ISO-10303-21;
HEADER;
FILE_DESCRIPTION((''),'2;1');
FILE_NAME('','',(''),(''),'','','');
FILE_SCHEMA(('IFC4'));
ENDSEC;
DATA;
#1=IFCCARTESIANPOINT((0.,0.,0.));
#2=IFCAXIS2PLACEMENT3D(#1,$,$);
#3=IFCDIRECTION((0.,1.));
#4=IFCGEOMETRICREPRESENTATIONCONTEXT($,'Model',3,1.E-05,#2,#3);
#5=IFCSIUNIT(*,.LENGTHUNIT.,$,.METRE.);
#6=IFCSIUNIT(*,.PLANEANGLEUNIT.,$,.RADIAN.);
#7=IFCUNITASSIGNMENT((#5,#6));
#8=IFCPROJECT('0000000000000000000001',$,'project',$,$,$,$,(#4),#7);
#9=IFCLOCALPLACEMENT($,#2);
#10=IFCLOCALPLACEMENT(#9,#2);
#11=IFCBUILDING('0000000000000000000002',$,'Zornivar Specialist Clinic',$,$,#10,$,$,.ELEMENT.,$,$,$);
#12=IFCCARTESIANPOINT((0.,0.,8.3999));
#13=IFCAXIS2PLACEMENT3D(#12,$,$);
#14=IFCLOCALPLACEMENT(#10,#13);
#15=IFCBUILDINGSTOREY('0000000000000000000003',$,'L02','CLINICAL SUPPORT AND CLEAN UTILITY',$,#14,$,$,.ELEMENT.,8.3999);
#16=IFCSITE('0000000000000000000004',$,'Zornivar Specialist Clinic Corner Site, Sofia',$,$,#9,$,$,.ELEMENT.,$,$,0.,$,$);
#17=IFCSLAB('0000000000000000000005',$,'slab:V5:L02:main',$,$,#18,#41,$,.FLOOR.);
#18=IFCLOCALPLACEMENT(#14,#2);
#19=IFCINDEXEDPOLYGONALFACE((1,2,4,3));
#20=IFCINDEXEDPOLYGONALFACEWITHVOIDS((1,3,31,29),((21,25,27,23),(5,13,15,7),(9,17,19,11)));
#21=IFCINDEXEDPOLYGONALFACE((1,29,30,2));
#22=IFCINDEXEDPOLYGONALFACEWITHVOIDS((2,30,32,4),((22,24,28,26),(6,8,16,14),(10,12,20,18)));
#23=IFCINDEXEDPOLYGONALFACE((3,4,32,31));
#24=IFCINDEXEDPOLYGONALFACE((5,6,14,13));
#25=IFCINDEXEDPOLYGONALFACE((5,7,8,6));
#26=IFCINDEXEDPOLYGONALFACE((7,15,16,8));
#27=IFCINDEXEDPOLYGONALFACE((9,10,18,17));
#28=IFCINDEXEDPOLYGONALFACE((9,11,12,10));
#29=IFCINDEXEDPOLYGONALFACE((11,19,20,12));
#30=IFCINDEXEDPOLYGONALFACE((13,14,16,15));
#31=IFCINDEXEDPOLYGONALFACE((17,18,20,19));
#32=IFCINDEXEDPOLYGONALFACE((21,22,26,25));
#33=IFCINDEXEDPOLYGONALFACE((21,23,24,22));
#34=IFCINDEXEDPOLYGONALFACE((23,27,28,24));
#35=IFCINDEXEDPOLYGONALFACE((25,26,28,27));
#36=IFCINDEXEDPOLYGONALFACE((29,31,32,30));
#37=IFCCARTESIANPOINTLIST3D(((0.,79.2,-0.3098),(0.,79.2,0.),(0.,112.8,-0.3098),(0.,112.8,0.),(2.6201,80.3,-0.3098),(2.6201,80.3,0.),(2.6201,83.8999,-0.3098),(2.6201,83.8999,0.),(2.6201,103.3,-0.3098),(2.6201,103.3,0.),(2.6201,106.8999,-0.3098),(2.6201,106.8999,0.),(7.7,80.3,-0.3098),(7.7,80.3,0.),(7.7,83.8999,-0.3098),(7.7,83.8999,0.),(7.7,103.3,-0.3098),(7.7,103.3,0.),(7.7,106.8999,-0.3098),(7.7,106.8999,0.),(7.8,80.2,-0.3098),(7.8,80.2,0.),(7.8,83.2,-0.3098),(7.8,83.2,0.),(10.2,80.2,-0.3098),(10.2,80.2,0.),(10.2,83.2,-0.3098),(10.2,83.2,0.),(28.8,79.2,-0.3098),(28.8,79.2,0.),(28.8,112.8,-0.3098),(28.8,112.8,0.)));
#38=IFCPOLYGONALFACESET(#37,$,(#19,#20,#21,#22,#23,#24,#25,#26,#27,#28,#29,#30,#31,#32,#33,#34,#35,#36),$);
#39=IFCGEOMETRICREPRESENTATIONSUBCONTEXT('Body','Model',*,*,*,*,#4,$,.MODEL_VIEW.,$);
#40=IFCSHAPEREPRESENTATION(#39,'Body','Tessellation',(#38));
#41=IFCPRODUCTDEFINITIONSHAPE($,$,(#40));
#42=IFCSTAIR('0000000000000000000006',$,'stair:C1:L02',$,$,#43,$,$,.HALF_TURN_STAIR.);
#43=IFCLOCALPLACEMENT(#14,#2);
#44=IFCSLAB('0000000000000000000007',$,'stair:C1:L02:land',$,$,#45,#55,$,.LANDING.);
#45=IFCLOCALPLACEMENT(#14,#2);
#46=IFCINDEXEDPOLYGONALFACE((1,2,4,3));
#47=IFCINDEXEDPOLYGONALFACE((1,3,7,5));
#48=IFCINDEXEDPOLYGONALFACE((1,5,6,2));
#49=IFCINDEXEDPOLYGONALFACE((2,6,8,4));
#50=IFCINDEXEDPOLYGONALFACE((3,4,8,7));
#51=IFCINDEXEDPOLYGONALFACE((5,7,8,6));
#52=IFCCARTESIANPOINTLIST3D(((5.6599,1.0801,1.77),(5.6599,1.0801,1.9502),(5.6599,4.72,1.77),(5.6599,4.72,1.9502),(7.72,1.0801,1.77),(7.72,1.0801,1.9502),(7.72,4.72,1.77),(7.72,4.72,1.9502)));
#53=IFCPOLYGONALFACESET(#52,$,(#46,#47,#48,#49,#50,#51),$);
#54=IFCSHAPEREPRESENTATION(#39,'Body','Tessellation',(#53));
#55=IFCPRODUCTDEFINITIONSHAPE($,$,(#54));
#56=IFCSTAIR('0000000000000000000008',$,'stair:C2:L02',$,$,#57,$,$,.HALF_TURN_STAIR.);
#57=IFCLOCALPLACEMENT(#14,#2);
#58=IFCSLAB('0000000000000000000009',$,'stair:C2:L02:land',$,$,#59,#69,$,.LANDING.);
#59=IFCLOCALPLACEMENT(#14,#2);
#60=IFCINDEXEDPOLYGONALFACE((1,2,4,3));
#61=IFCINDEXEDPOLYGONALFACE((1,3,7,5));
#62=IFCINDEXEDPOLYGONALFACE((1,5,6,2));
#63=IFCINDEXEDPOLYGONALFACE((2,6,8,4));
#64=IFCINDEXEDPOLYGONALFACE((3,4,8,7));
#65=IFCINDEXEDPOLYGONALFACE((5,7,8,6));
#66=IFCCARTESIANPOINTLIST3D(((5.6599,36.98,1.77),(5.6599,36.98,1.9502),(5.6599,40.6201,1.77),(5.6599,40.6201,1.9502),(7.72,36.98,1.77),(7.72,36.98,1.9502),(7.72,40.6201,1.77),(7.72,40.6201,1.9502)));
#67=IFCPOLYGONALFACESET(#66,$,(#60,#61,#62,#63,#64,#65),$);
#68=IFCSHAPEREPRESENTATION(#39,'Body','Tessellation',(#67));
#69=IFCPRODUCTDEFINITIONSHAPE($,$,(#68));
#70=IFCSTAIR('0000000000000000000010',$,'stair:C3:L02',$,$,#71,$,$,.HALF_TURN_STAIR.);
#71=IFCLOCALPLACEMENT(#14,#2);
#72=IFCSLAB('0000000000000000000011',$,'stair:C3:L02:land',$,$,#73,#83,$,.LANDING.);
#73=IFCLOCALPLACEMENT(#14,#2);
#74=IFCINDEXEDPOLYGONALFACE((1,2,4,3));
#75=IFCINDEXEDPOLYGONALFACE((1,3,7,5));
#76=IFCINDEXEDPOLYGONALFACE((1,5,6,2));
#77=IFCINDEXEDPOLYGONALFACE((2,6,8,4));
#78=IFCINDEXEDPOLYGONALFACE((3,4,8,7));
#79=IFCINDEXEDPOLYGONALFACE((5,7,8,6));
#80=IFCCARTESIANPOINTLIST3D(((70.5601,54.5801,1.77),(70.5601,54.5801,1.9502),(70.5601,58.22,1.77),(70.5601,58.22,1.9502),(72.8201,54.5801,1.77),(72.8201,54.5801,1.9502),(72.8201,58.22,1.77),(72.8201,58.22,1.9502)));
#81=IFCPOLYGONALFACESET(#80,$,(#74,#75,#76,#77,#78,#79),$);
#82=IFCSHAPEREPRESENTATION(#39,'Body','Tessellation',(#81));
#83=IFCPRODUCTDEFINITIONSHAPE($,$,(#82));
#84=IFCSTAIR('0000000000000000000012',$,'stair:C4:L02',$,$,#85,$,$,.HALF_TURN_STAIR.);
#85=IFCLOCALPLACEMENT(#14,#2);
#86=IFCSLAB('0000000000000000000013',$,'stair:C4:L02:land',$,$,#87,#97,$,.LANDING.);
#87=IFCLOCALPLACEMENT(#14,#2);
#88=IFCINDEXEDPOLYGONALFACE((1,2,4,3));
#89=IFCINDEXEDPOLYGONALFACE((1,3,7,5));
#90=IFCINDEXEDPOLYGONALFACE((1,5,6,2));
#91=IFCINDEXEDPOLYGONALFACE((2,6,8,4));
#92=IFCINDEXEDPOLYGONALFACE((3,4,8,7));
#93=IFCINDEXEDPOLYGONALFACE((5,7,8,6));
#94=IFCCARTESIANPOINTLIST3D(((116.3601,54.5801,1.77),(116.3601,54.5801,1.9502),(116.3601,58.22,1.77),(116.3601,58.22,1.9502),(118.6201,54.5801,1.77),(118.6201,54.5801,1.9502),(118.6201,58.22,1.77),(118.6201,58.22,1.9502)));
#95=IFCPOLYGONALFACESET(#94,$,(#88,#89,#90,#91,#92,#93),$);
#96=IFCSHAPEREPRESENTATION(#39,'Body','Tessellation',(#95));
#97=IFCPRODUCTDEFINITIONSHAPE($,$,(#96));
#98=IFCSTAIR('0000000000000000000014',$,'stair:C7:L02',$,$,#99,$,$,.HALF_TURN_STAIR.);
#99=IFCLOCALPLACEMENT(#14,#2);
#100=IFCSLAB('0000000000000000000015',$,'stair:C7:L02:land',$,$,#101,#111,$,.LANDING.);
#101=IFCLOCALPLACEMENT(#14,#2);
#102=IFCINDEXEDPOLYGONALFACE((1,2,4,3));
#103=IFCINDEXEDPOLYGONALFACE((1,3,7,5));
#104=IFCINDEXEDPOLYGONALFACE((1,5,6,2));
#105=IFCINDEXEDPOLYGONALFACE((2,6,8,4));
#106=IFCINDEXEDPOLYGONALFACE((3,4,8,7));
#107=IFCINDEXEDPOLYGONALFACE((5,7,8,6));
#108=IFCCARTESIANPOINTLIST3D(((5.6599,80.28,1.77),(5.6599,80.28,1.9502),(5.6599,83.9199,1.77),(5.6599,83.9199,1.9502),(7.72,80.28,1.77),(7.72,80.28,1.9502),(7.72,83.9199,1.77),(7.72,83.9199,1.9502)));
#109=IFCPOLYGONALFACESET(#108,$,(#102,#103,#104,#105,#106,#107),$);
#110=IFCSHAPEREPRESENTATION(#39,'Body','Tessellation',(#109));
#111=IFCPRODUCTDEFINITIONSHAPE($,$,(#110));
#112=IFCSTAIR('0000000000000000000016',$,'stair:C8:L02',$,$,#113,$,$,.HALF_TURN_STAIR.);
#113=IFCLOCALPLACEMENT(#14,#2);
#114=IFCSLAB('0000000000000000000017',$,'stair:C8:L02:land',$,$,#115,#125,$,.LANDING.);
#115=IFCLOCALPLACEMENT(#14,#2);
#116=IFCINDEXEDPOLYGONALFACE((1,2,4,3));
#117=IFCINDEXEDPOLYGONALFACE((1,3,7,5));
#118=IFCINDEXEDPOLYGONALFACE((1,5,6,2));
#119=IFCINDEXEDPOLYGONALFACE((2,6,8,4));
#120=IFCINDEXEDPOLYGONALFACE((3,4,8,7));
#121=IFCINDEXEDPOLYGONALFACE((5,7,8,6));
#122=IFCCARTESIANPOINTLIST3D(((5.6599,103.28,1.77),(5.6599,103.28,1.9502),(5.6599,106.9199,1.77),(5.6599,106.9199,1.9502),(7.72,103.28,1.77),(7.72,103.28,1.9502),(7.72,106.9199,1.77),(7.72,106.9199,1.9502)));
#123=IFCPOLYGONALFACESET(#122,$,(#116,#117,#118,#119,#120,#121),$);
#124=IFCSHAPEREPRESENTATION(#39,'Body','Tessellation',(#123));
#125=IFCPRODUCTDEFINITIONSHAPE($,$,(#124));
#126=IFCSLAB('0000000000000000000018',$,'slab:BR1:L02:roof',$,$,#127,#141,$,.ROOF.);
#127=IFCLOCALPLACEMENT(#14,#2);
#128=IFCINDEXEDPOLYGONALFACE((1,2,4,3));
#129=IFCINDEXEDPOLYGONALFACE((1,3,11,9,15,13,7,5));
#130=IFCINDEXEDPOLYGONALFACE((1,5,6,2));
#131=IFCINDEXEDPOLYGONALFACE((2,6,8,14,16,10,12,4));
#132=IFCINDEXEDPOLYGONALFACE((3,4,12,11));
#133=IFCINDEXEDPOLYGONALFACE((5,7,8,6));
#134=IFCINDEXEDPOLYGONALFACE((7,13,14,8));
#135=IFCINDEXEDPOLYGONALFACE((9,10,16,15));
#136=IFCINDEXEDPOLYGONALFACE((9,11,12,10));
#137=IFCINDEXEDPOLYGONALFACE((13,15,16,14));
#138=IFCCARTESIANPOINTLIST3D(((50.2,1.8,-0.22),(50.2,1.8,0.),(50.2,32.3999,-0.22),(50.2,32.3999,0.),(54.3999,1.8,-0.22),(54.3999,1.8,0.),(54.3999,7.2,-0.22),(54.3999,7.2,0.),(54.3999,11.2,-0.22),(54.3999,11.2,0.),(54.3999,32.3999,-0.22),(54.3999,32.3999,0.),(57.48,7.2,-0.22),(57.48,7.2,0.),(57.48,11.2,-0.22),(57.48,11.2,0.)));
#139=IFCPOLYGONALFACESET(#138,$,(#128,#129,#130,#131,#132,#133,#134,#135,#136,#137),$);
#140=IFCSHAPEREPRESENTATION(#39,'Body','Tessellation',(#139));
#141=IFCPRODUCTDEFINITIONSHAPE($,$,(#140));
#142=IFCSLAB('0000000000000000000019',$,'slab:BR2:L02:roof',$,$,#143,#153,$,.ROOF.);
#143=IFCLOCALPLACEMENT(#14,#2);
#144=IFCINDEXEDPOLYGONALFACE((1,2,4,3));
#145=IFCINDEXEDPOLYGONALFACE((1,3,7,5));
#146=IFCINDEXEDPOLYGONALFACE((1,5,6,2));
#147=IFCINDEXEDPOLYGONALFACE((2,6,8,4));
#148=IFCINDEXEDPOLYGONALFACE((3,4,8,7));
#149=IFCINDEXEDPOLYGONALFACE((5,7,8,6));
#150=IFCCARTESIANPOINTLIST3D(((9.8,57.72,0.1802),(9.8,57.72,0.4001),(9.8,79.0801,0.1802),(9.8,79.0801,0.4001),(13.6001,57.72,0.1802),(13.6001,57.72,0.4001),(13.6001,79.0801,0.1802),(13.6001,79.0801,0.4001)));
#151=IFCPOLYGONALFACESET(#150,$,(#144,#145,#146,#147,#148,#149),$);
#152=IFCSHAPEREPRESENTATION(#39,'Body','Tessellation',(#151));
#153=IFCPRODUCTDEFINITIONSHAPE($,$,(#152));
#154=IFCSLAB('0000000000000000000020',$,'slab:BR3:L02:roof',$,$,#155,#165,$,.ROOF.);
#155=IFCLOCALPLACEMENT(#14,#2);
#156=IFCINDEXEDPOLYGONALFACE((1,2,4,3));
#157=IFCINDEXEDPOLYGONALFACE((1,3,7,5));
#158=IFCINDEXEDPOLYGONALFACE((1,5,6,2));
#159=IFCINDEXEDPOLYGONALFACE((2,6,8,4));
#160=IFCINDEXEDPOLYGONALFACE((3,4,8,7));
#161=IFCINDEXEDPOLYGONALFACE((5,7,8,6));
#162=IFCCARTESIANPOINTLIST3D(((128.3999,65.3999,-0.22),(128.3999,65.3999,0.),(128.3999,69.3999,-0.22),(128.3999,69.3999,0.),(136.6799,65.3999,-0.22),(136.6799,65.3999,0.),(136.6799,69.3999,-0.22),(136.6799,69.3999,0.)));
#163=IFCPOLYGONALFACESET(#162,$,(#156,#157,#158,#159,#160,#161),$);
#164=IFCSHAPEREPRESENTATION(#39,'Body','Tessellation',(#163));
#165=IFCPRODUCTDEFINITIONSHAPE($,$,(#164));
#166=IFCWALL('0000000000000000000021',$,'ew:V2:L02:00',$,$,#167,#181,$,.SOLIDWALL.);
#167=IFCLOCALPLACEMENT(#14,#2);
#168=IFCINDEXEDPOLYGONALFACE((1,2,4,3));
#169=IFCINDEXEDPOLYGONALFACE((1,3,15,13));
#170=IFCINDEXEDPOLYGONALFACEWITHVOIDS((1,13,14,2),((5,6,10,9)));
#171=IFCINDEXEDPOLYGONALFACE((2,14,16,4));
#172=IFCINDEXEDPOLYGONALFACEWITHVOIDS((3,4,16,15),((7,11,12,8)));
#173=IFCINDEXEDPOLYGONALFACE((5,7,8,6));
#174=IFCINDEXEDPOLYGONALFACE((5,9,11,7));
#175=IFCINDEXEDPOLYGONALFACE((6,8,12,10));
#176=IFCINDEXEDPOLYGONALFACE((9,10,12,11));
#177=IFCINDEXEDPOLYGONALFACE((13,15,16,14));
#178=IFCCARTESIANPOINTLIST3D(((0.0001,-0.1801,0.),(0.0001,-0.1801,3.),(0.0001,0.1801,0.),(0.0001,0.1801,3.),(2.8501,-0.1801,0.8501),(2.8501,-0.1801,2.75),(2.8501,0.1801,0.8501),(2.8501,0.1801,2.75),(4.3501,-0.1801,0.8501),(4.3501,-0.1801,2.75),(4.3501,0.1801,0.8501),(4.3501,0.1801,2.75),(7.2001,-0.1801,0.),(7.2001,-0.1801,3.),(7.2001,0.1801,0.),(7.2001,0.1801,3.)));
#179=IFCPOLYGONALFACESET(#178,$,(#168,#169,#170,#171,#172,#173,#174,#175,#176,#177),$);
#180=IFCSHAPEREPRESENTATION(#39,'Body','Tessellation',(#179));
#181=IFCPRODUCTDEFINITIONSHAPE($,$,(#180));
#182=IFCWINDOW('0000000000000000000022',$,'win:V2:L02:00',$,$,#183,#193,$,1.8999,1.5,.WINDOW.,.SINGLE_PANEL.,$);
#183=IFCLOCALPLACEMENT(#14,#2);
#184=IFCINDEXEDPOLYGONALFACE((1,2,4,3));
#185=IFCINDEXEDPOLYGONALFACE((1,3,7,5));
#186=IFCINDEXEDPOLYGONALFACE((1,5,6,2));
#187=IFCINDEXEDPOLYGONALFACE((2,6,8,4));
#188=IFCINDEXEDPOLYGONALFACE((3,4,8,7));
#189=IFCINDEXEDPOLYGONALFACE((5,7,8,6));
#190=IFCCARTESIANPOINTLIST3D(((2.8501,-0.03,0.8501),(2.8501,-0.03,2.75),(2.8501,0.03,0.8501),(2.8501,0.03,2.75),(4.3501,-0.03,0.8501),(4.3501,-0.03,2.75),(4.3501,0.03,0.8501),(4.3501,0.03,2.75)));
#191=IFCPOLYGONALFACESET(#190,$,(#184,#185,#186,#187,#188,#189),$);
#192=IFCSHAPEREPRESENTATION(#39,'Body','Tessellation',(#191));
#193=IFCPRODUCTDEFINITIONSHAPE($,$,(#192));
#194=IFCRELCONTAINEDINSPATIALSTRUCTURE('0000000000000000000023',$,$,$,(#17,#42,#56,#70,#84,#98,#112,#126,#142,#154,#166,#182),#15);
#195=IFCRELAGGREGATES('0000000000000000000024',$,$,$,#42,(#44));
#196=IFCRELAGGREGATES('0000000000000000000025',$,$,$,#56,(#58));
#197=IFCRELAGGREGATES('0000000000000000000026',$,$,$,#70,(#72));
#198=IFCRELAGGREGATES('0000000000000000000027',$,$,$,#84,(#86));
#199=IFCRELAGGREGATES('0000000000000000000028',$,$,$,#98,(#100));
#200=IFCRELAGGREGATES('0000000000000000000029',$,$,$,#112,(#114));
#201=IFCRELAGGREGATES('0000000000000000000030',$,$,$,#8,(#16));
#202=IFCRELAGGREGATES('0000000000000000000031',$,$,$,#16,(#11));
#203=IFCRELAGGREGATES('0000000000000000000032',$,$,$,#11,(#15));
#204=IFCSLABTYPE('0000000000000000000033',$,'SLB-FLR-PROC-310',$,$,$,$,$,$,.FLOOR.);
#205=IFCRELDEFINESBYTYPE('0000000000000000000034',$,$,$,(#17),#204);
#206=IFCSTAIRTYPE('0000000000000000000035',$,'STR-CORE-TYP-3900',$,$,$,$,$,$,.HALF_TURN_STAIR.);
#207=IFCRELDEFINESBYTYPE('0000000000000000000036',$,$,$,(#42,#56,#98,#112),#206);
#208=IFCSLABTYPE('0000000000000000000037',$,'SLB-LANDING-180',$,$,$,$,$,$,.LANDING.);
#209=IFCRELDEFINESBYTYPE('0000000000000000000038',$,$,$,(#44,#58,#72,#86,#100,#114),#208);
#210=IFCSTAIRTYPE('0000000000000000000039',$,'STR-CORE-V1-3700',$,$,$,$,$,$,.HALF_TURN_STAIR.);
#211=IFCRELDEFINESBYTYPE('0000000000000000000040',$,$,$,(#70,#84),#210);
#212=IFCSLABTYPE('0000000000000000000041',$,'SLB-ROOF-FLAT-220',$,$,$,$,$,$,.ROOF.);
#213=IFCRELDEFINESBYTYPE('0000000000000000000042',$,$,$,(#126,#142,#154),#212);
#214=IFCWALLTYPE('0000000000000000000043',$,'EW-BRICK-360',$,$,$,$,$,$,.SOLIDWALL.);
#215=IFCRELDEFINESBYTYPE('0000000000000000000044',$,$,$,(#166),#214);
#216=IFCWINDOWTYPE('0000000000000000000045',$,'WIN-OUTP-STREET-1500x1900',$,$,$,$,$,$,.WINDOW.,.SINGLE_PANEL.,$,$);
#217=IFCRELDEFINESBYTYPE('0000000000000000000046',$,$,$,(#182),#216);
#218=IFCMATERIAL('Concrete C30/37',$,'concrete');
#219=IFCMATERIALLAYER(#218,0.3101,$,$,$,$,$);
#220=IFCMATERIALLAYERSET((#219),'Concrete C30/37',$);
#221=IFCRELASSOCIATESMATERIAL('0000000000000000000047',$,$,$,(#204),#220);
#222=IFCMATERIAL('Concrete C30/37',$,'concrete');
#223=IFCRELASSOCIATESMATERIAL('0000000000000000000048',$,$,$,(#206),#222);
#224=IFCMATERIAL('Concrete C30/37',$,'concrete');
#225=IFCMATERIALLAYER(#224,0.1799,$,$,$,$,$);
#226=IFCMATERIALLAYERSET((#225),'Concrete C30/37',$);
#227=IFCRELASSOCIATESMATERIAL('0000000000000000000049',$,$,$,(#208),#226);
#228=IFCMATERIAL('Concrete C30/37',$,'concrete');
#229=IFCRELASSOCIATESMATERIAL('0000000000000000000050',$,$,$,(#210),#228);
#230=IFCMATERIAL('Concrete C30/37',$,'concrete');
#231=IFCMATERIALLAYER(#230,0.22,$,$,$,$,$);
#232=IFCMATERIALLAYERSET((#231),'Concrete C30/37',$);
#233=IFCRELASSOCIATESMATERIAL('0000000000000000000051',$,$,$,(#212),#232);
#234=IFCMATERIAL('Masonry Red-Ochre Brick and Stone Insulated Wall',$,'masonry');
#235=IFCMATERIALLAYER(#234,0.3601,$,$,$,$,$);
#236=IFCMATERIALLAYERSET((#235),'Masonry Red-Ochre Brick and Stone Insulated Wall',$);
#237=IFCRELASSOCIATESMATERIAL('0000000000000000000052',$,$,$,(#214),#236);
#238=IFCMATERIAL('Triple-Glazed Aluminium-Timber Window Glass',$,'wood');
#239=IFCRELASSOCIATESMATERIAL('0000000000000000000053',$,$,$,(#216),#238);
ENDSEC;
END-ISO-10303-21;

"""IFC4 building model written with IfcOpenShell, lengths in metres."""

from ifc_helpers import new_model, si_unit, direction, frame, frame_2d, origin, origin_with_axes, place, context, subcontext, project, spatial, polyline, rectangle, outline, extrude, material, layer, layer_set, type_object, element, fill, aggregate, save


model = new_model("IFC4")

# Units and contexts
model_context = context("Model", 3, precision=1e-05, world=origin(), true_north=direction((0.0, 1.0)))
body_context = subcontext(model_context, "Body", "Model", "MODEL_VIEW")
ifc_project = project(units=[si_unit("LENGTHUNIT", "METRE"), si_unit("PLANEANGLEUNIT", "RADIAN")], contexts=[model_context])

# Site, building, storey
site_placement = place(None, origin())
site = spatial("IfcSite", under=ifc_project, at=site_placement, Name="Zornivar Specialist Clinic Corner Site, Sofia", CompositionType="ELEMENT", RefElevation=0.0)
building_placement = place(site_placement, origin())
building = spatial("IfcBuilding", under=site, at=building_placement, Name="Zornivar Specialist Clinic", CompositionType="ELEMENT")
storey_placement = place(building_placement, frame((0.0, 0.0, 8.3999)))
storey = spatial("IfcBuildingStorey", under=building, at=storey_placement, Name="L02", Description="CLINICAL SUPPORT AND CLEAN UTILITY", CompositionType="ELEMENT", Elevation=8.3999)

# Slab
ifc_material_1 = material(Name="Concrete C30/37", Category="concrete")
ifc_layer_1 = layer(ifc_material_1, 0.3101)
ifc_layer_set_1 = layer_set([ifc_layer_1], Name="Concrete C30/37")
slab_type_1 = type_object("IfcSlabType", Name="SLB-FLR-PROC-310", PredefinedType="FLOOR", material=ifc_layer_set_1)
slab_1_placement = place(storey_placement, frame((0.0, 0.0, -0.3098)))
element("IfcSlab", 1, at=slab_1_placement, inside=storey, type_object=slab_type_1, Name="slab:V5:L02:main", PredefinedType="FLOOR", context=body_context, shape_type="SweptSolid", body=[
    extrude(outline(polyline([(0.0, 79.2), (28.8, 79.2), (28.8, 112.8), (0.0, 112.8), (0.0, 79.2)]), holes=[polyline([(2.6201, 80.3), (7.7, 80.3), (7.7, 83.8999), (2.6201, 83.8999), (2.6201, 80.3)]), polyline([(7.8, 80.2), (10.2, 80.2), (10.2, 83.2), (7.8, 83.2), (7.8, 80.2)]), polyline([(2.6201, 103.3), (7.7, 103.3), (7.7, 106.8999), (2.6201, 106.8999), (2.6201, 103.3)])]), origin(), (0.0, 0.0, 1.0), 0.3098),
])

# Stairs, slabs
ifc_material_2 = material(Name="Concrete C30/37", Category="concrete")
stair_type_1 = type_object("IfcStairType", Name="STR-CORE-TYP-3900", PredefinedType="HALF_TURN_STAIR", material=ifc_material_2)
stair_1_placement = place(storey_placement, origin())
stair_1 = element("IfcStair", 2, at=stair_1_placement, inside=storey, type_object=stair_type_1, Name="stair:C1:L02", PredefinedType="HALF_TURN_STAIR")
ifc_material_3 = material(Name="Concrete C30/37", Category="concrete")
ifc_layer_2 = layer(ifc_material_3, 0.1799)
ifc_layer_set_2 = layer_set([ifc_layer_2], Name="Concrete C30/37")
slab_type_2 = type_object("IfcSlabType", Name="SLB-LANDING-180", PredefinedType="LANDING", material=ifc_layer_set_2)
slab_2_placement = place(storey_placement, frame((0.0, 0.0, 1.77)))
slab_2 = element("IfcSlab", 3, at=slab_2_placement, type_object=slab_type_2, Name="stair:C1:L02:land", PredefinedType="LANDING", context=body_context, shape_type="SweptSolid", body=[
    extrude(outline(polyline([(5.6599, 1.0801), (7.72, 1.0801), (7.72, 4.72), (5.6599, 4.72), (5.6599, 1.0801)])), origin(), (0.0, 0.0, 1.0), 0.1802),
])
aggregate(stair_1, [slab_2])
stair_2_placement = place(storey_placement, origin())
stair_2 = element("IfcStair", 4, at=stair_2_placement, inside=storey, type_object=stair_type_1, Name="stair:C2:L02", PredefinedType="HALF_TURN_STAIR")
slab_3_placement = place(storey_placement, frame((0.0, 0.0, 1.77)))
slab_3 = element("IfcSlab", 5, at=slab_3_placement, type_object=slab_type_2, Name="stair:C2:L02:land", PredefinedType="LANDING", context=body_context, shape_type="SweptSolid", body=[
    extrude(outline(polyline([(5.6599, 36.98), (7.72, 36.98), (7.72, 40.6201), (5.6599, 40.6201), (5.6599, 36.98)])), origin(), (0.0, 0.0, 1.0), 0.1802),
])
aggregate(stair_2, [slab_3])
ifc_material_4 = material(Name="Concrete C30/37", Category="concrete")
stair_type_2 = type_object("IfcStairType", Name="STR-CORE-V1-3700", PredefinedType="HALF_TURN_STAIR", material=ifc_material_4)
stair_3_placement = place(storey_placement, origin())
stair_3 = element("IfcStair", 6, at=stair_3_placement, inside=storey, type_object=stair_type_2, Name="stair:C3:L02", PredefinedType="HALF_TURN_STAIR")
slab_4_placement = place(storey_placement, frame((0.0, 0.0, 1.77)))
slab_4 = element("IfcSlab", 7, at=slab_4_placement, type_object=slab_type_2, Name="stair:C3:L02:land", PredefinedType="LANDING", context=body_context, shape_type="SweptSolid", body=[
    extrude(outline(polyline([(70.5601, 54.5801), (72.8201, 54.5801), (72.8201, 58.22), (70.5601, 58.22), (70.5601, 54.5801)])), origin(), (0.0, 0.0, 1.0), 0.1802),
])
aggregate(stair_3, [slab_4])
stair_4_placement = place(storey_placement, origin())
stair_4 = element("IfcStair", 8, at=stair_4_placement, inside=storey, type_object=stair_type_2, Name="stair:C4:L02", PredefinedType="HALF_TURN_STAIR")
slab_5_placement = place(storey_placement, frame((0.0, 0.0, 1.77)))
slab_5 = element("IfcSlab", 9, at=slab_5_placement, type_object=slab_type_2, Name="stair:C4:L02:land", PredefinedType="LANDING", context=body_context, shape_type="SweptSolid", body=[
    extrude(outline(polyline([(116.3601, 54.5801), (118.6201, 54.5801), (118.6201, 58.22), (116.3601, 58.22), (116.3601, 54.5801)])), origin(), (0.0, 0.0, 1.0), 0.1802),
])
aggregate(stair_4, [slab_5])
stair_5_placement = place(storey_placement, origin())
stair_5 = element("IfcStair", 10, at=stair_5_placement, inside=storey, type_object=stair_type_1, Name="stair:C7:L02", PredefinedType="HALF_TURN_STAIR")
slab_6_placement = place(storey_placement, frame((0.0, 0.0, 1.77)))
slab_6 = element("IfcSlab", 11, at=slab_6_placement, type_object=slab_type_2, Name="stair:C7:L02:land", PredefinedType="LANDING", context=body_context, shape_type="SweptSolid", body=[
    extrude(outline(polyline([(5.6599, 80.28), (7.72, 80.28), (7.72, 83.9199), (5.6599, 83.9199), (5.6599, 80.28)])), origin(), (0.0, 0.0, 1.0), 0.1802),
])
aggregate(stair_5, [slab_6])
stair_6_placement = place(storey_placement, origin())
stair_6 = element("IfcStair", 12, at=stair_6_placement, inside=storey, type_object=stair_type_1, Name="stair:C8:L02", PredefinedType="HALF_TURN_STAIR")
slab_7_placement = place(storey_placement, frame((0.0, 0.0, 1.77)))
slab_7 = element("IfcSlab", 13, at=slab_7_placement, type_object=slab_type_2, Name="stair:C8:L02:land", PredefinedType="LANDING", context=body_context, shape_type="SweptSolid", body=[
    extrude(outline(polyline([(5.6599, 103.28), (7.72, 103.28), (7.72, 106.9199), (5.6599, 106.9199), (5.6599, 103.28)])), origin(), (0.0, 0.0, 1.0), 0.1802),
])
aggregate(stair_6, [slab_7])

# Slabs
ifc_material_5 = material(Name="Concrete C30/37", Category="concrete")
ifc_layer_3 = layer(ifc_material_5, 0.22)
ifc_layer_set_3 = layer_set([ifc_layer_3], Name="Concrete C30/37")
slab_type_3 = type_object("IfcSlabType", Name="SLB-ROOF-FLAT-220", PredefinedType="ROOF", material=ifc_layer_set_3)
slab_8_placement = place(storey_placement, frame((0.0, 0.0, -0.22)))
element("IfcSlab", 14, at=slab_8_placement, inside=storey, type_object=slab_type_3, Name="slab:BR1:L02:roof", PredefinedType="ROOF", context=body_context, shape_type="SweptSolid", body=[
    extrude(outline(polyline([(57.48, 11.2), (57.48, 7.2), (54.3999, 7.2), (54.3999, 1.8), (50.2, 1.8), (50.2, 32.3999), (54.3999, 32.3999), (54.3999, 11.2), (57.48, 11.2)])), origin(), (0.0, 0.0, 1.0), 0.22),
])
slab_9_placement = place(storey_placement, frame((0.0, 0.0, 0.1802)))
element("IfcSlab", 15, at=slab_9_placement, inside=storey, type_object=slab_type_3, Name="slab:BR2:L02:roof", PredefinedType="ROOF", context=body_context, shape_type="SweptSolid", body=[
    extrude(outline(polyline([(9.8, 57.72), (13.6001, 57.72), (13.6001, 79.0801), (9.8, 79.0801), (9.8, 57.72)])), origin(), (0.0, 0.0, 1.0), 0.22),
])
slab_10_placement = place(storey_placement, frame((0.0, 0.0, -0.22)))
element("IfcSlab", 16, at=slab_10_placement, inside=storey, type_object=slab_type_3, Name="slab:BR3:L02:roof", PredefinedType="ROOF", context=body_context, shape_type="SweptSolid", body=[
    extrude(outline(polyline([(128.3999, 65.3999), (136.6799, 65.3999), (136.6799, 69.3999), (128.3999, 69.3999), (128.3999, 65.3999)])), origin(), (0.0, 0.0, 1.0), 0.22),
])

# Wall, opening, window
ifc_material_6 = material(Name="Masonry Red-Ochre Brick and Stone Insulated Wall", Category="masonry")
ifc_layer_4 = layer(ifc_material_6, 0.3601)
ifc_layer_set_4 = layer_set([ifc_layer_4], Name="Masonry Red-Ochre Brick and Stone Insulated Wall")
wall_type = type_object("IfcWallType", Name="EW-BRICK-360", PredefinedType="SOLIDWALL", material=ifc_layer_set_4)
wall_placement = place(storey_placement, origin_with_axes())
wall = element("IfcWall", 17, at=wall_placement, inside=storey, type_object=wall_type, Name="ew:V2:L02:00", PredefinedType="SOLIDWALL", context=body_context, shape_type="SweptSolid", body=[
    extrude(rectangle(XDim=7.2, YDim=0.3601, at=frame_2d((3.6001, 0.0))), origin(), (0.0, 0.0, 1.0), 3.0),
])
opening_placement = place(wall_placement, frame((2.8501, 0.0, 0.8501)))
opening = element("IfcOpeningElement", 18, at=opening_placement, cuts=wall, PredefinedType="OPENING", context=body_context, shape_type="SweptSolid", body=[
    extrude(rectangle(XDim=1.5, YDim=1.8999, at=frame_2d((0.75, 0.95))), frame((0.0, 0.1899, 0.0), z_axis=(0.0, -1.0, 0.0), x_axis=(1.0, 0.0, 0.0)), (0.0, 0.0, 1.0), 0.3801),
])
ifc_material_7 = material(Name="Triple-Glazed Aluminium-Timber Window Glass", Category="wood")
window_type = type_object("IfcWindowType", Name="WIN-OUTP-STREET-1500x1900", PartitioningType="SINGLE_PANEL", PredefinedType="WINDOW", material=ifc_material_7)
window_placement = place(opening_placement, origin())
window = element("IfcWindow", 19, at=window_placement, inside=storey, type_object=window_type, Name="win:V2:L02:00", OverallHeight=1.8999, OverallWidth=1.5, PartitioningType="SINGLE_PANEL", PredefinedType="WINDOW", context=body_context, shape_type="SweptSolid", body=[
    extrude(rectangle(XDim=1.5, YDim=1.8999, at=frame_2d((0.75, 0.95))), frame((0.0, 0.03, 0.0), z_axis=(0.0, -1.0, 0.0), x_axis=(1.0, 0.0, 0.0)), (0.0, 0.0, 1.0), 0.0601),
])
fill(opening, window)

save(model, "model.ifc")
